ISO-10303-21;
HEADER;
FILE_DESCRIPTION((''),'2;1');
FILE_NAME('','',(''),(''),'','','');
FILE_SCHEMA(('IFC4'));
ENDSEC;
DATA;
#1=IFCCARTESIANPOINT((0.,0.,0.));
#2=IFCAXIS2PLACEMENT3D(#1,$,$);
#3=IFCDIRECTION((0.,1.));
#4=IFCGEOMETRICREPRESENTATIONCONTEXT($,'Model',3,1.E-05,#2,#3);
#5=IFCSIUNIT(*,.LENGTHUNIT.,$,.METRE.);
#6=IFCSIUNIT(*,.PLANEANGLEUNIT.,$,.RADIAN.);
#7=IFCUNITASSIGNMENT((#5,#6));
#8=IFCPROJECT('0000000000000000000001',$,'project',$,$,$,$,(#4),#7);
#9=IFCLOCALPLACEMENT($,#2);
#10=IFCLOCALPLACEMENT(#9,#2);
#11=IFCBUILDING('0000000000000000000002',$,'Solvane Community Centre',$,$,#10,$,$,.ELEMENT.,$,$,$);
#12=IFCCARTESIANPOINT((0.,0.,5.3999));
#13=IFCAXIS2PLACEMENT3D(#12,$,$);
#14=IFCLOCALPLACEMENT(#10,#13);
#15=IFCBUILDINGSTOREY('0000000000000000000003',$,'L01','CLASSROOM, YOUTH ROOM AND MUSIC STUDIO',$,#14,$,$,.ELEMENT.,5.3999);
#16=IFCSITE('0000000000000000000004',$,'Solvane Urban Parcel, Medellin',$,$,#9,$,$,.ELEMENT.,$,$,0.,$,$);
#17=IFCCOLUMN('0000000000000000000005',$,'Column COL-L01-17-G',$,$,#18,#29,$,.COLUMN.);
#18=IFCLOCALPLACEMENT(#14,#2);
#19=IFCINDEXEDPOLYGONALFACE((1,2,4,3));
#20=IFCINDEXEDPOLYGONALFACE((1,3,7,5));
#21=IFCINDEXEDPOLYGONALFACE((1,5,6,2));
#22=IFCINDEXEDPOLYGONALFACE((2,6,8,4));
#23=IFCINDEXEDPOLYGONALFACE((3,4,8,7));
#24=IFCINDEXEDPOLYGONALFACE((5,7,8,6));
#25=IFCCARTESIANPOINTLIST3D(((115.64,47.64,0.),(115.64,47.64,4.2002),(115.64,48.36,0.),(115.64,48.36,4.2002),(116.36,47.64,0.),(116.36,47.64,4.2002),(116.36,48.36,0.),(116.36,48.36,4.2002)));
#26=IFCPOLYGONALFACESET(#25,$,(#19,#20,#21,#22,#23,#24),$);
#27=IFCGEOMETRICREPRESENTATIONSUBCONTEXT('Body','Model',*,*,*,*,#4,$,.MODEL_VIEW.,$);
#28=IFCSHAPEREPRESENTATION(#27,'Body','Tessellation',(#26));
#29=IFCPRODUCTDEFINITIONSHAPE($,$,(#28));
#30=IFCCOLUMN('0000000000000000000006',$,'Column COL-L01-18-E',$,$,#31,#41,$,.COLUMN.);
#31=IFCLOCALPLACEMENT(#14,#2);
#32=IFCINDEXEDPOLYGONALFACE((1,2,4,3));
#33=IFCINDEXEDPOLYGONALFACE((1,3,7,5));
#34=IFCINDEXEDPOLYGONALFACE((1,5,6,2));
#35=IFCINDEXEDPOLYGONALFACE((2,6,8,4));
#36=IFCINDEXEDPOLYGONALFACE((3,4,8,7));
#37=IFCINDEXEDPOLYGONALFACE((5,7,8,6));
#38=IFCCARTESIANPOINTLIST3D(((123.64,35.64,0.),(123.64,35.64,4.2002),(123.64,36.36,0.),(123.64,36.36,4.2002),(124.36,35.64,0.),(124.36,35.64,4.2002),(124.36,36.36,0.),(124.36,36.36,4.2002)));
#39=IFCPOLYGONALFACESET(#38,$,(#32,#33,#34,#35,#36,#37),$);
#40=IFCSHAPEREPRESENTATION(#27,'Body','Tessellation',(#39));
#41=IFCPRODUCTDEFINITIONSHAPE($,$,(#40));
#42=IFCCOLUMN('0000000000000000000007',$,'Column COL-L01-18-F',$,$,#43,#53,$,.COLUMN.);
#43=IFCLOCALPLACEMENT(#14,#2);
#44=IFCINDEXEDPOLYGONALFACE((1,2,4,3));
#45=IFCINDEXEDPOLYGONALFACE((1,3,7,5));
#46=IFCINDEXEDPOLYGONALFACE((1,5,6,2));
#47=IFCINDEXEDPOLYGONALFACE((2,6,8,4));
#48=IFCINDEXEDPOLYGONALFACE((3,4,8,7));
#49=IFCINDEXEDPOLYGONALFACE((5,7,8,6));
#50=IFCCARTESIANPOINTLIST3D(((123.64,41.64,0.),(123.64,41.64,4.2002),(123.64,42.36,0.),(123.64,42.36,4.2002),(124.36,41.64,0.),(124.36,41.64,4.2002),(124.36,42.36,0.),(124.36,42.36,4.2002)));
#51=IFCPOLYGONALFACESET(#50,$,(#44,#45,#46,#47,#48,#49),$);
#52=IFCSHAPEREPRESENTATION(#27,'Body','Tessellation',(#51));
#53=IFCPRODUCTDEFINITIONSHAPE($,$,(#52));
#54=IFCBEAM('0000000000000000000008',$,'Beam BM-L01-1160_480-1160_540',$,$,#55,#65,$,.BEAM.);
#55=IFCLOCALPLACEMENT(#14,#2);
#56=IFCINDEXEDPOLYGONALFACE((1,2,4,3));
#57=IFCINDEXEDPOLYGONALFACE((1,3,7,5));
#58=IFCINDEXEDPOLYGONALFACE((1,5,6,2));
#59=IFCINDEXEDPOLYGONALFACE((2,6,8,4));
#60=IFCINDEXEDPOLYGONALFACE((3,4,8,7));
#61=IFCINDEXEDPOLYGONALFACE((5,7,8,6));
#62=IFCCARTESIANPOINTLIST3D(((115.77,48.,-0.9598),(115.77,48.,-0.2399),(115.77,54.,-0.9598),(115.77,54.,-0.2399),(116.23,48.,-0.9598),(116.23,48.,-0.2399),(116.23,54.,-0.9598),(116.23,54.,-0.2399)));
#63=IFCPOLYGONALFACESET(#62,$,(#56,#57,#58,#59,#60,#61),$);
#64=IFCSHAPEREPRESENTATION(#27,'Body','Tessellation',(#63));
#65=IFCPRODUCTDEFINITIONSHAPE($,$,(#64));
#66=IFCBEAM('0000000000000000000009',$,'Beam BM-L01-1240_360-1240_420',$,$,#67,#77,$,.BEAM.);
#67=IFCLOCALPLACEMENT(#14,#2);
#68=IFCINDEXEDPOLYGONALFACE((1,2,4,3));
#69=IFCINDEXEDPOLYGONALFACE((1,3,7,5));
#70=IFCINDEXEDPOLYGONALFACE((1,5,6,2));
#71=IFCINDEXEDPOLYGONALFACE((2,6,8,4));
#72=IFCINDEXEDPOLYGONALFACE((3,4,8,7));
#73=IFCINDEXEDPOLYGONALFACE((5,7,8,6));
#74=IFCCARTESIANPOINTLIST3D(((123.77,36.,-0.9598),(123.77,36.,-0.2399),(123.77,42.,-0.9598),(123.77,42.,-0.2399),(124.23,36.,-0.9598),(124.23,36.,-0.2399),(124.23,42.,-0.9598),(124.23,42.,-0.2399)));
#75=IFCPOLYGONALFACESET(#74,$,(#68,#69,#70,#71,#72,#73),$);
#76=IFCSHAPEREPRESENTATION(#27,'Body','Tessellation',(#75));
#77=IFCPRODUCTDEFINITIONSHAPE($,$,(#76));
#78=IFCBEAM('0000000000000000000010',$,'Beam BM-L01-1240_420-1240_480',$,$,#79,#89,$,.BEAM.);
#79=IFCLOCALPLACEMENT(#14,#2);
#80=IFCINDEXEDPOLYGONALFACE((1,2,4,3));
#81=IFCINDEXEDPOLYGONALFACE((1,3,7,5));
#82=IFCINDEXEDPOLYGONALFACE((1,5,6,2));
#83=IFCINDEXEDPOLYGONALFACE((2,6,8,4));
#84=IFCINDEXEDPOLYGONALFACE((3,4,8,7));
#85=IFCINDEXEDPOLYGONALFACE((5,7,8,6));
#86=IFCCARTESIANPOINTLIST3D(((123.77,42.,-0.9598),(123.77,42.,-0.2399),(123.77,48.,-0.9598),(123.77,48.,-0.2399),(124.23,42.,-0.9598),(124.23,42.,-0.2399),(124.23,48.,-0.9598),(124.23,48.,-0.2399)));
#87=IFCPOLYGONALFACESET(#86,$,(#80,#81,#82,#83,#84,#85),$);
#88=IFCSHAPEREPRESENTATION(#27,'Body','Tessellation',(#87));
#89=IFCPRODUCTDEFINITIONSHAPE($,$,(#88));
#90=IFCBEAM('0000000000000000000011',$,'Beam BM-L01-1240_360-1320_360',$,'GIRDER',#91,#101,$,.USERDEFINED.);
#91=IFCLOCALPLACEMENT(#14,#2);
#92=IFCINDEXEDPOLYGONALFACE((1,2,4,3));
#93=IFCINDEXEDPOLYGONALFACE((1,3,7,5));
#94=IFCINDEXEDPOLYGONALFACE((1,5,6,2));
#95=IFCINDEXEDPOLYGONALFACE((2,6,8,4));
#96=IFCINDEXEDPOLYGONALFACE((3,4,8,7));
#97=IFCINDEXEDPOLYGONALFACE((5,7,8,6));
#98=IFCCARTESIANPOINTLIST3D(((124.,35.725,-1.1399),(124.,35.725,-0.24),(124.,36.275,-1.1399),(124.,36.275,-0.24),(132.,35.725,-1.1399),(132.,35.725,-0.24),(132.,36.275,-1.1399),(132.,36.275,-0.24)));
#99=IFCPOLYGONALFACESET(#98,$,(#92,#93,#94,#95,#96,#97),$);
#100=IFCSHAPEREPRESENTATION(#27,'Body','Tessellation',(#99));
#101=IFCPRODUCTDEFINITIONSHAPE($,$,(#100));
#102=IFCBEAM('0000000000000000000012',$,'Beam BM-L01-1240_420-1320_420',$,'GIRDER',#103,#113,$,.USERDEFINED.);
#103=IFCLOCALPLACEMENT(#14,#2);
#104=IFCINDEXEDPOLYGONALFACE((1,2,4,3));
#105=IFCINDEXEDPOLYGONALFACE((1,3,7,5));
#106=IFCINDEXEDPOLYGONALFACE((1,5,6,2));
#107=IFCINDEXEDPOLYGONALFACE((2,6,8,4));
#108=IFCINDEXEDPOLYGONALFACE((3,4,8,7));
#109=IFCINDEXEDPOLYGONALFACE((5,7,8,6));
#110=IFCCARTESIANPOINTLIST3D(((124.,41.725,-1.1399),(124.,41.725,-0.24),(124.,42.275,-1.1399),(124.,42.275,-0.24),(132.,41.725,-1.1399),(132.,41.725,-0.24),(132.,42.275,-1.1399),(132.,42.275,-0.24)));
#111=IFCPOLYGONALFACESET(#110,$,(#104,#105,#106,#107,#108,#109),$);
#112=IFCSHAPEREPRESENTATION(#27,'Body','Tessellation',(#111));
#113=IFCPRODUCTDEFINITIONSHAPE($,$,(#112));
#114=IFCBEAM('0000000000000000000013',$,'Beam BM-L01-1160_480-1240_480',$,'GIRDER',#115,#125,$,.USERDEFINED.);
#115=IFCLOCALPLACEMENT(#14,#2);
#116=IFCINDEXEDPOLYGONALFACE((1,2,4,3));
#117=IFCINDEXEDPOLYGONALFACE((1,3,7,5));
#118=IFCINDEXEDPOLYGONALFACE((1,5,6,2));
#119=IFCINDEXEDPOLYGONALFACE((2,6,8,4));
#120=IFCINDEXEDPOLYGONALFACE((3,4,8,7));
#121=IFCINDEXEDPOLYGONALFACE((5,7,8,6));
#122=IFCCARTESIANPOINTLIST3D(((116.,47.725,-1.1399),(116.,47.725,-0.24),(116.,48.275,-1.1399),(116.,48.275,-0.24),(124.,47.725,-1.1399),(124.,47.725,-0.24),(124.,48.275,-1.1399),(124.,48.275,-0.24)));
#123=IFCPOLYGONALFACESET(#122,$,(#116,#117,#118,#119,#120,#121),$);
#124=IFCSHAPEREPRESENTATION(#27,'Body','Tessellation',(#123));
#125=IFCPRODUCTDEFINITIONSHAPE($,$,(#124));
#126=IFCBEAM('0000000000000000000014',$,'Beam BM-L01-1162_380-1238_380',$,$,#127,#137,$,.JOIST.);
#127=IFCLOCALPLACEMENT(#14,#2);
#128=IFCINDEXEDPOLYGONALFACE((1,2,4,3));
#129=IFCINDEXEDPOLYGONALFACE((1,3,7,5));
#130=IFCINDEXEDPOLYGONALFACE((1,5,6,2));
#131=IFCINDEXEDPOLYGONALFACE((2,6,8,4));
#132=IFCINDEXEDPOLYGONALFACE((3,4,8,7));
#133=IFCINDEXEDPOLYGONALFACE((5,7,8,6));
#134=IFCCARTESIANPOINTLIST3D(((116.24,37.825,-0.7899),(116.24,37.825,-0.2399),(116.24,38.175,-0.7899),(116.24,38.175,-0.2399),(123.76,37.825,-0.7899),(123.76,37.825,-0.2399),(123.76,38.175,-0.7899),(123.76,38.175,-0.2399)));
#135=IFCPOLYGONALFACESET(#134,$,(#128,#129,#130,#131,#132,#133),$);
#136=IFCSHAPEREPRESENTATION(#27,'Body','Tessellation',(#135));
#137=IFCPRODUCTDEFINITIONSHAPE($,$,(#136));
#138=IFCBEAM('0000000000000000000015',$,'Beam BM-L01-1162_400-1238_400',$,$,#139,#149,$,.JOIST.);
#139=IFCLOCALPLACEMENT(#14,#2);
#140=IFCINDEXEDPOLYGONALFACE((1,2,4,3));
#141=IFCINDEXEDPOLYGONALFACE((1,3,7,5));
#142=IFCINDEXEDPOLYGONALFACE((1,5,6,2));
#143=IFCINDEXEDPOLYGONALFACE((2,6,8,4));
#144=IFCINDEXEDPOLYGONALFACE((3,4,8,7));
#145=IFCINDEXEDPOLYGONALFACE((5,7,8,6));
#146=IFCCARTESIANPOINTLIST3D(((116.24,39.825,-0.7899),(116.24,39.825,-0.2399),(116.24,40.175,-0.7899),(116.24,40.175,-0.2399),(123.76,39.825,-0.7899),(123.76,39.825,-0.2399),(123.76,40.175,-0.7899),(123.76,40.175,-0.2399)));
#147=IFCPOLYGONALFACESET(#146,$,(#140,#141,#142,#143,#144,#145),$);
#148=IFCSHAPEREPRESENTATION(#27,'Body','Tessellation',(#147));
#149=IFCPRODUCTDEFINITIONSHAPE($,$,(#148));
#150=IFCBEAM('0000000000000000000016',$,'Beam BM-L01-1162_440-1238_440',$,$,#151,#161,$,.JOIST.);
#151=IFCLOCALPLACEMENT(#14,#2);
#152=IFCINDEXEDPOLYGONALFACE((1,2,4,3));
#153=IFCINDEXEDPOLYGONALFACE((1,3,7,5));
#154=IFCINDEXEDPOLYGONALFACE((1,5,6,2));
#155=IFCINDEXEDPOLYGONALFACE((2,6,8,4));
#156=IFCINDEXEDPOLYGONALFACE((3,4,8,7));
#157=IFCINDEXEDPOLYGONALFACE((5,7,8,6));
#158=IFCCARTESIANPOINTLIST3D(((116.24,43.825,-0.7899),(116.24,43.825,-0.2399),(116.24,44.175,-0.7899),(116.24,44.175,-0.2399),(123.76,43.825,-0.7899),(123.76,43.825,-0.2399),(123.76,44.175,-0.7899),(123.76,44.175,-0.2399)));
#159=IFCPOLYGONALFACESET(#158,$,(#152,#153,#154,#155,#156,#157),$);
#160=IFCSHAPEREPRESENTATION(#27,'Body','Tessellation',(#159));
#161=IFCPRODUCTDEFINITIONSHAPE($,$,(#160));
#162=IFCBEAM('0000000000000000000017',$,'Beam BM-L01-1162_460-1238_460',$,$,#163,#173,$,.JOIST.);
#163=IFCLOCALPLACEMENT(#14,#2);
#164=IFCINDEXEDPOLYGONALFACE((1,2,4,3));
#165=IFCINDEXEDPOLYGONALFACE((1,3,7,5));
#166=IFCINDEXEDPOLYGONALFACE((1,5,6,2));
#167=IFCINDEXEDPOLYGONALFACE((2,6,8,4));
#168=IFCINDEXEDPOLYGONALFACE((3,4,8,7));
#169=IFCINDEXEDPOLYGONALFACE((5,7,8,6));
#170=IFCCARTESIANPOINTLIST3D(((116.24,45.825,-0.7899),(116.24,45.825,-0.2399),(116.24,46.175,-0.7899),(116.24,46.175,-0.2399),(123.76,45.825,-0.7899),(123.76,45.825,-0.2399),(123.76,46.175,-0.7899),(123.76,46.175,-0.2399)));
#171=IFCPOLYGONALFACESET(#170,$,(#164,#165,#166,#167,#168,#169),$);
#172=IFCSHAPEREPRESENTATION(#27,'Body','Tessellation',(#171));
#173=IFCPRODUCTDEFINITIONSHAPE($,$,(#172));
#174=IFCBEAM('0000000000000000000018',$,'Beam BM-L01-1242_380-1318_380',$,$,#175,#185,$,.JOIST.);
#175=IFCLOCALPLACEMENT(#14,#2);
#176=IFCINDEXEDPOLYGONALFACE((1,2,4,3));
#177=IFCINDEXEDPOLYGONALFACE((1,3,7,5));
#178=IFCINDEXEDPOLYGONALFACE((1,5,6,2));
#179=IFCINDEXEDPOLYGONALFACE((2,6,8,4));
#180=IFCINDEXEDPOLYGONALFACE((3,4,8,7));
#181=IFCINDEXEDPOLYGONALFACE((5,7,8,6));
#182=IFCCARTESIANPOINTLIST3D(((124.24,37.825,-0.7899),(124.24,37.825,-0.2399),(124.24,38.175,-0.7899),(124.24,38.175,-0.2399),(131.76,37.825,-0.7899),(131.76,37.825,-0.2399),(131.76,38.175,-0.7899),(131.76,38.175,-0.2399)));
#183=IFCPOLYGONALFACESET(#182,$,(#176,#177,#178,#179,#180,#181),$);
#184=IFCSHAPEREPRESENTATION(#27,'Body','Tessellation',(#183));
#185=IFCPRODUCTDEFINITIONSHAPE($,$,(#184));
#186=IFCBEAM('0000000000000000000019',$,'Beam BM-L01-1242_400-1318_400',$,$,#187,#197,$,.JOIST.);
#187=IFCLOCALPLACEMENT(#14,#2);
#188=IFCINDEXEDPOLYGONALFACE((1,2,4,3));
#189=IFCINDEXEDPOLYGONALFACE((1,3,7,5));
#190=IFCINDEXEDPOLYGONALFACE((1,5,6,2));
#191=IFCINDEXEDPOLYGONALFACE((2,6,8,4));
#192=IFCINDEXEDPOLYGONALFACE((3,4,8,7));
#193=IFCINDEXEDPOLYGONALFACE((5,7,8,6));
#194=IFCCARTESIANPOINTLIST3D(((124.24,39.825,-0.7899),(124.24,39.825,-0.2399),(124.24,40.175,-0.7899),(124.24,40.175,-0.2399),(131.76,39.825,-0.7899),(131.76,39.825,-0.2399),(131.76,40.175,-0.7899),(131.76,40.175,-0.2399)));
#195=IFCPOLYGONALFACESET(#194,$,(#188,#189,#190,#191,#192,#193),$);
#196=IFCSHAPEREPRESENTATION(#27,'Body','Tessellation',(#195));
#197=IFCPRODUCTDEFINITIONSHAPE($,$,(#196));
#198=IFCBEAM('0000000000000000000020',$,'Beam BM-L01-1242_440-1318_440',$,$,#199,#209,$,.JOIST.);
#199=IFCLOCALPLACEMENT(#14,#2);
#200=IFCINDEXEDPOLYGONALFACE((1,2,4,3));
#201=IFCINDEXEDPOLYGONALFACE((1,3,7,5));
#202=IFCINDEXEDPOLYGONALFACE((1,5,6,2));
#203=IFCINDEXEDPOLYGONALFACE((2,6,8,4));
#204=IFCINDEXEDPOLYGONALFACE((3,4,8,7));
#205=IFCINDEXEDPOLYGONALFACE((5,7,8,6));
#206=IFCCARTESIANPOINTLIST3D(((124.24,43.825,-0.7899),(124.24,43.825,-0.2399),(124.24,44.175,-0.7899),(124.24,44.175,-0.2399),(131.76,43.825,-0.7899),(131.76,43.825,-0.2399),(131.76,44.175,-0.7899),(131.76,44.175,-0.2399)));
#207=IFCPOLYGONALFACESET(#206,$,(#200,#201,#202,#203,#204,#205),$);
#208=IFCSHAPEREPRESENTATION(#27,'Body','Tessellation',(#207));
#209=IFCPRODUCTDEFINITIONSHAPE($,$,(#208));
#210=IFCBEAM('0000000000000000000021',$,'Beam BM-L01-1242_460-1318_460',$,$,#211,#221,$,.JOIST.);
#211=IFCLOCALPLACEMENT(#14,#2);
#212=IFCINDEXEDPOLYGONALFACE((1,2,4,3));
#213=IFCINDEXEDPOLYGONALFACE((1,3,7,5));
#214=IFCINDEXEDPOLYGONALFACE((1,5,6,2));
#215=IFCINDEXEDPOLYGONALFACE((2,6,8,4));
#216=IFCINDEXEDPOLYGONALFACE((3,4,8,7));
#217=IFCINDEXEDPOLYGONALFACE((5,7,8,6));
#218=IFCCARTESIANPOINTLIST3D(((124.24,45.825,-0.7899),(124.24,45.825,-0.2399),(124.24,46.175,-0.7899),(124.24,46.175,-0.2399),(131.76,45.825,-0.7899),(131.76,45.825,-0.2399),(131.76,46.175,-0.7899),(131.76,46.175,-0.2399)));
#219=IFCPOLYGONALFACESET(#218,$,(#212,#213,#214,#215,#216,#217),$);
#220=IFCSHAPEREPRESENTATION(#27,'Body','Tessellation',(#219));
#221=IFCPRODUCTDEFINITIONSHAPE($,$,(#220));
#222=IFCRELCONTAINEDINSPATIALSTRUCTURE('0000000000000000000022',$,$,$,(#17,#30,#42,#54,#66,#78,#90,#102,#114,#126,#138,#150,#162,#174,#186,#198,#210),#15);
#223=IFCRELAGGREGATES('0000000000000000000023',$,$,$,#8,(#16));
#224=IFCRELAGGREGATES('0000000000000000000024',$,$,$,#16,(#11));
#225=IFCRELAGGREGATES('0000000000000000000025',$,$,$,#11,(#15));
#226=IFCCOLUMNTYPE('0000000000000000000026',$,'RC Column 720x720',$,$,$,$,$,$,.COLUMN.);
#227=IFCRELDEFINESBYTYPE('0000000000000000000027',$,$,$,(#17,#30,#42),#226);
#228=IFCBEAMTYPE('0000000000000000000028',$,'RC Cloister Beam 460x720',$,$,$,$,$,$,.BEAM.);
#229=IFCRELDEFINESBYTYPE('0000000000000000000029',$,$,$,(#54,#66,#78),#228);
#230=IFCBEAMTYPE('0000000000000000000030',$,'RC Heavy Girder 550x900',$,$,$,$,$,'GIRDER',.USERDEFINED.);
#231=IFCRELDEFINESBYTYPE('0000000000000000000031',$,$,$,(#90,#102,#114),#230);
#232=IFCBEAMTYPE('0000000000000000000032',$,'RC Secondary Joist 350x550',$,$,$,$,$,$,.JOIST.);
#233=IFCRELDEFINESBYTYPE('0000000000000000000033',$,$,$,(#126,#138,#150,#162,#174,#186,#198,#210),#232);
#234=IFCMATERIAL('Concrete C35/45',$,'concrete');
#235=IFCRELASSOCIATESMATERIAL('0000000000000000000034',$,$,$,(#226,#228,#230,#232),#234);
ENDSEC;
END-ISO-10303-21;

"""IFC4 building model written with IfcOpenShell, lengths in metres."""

from ifc_helpers import new_model, si_unit, direction, frame, origin, origin_2d, place, context, subcontext, project, spatial, rectangle, extrude, material, material_profile, profile_set, type_object, element, save


model = new_model("IFC4")

# Units and contexts
model_context = context("Model", 3, precision=1e-05, world=origin(), true_north=direction((0.0, 1.0)))
body_context = subcontext(model_context, "Body", "Model", "MODEL_VIEW")
ifc_project = project(units=[si_unit("LENGTHUNIT", "METRE"), si_unit("PLANEANGLEUNIT", "RADIAN")], contexts=[model_context])

# Site, building, storey
site_placement = place(None, origin())
site = spatial("IfcSite", under=ifc_project, at=site_placement, Name="Solvane Urban Parcel, Medellin", CompositionType="ELEMENT", RefElevation=0.0)
building_placement = place(site_placement, origin())
building = spatial("IfcBuilding", under=site, at=building_placement, Name="Solvane Community Centre", CompositionType="ELEMENT")
storey_placement = place(building_placement, frame((0.0, 0.0, 5.3999)))
storey = spatial("IfcBuildingStorey", under=building, at=storey_placement, Name="L01", Description="CLASSROOM, YOUTH ROOM AND MUSIC STUDIO", CompositionType="ELEMENT", Elevation=5.3999)

# Columns
ifc_material_1 = material(Name="Concrete C35/45", Category="concrete")
ifc_material_profile_1 = material_profile(ifc_material_1, rectangle(XDim=0.72, YDim=0.72, at=origin_2d()), Name="RC 720x720")
ifc_profile_set_1 = profile_set([ifc_material_profile_1], Name="Concrete C35/45")
column_type = type_object("IfcColumnType", Name="RC Column 720x720", PredefinedType="COLUMN", material=ifc_profile_set_1)
for number, where, z_axis, x_axis, name in (
    (1, (116.0, 48.0, 0.0), (0.0, 0.0, 1.0), (1.0, 0.0, 0.0), "Column COL-L01-17-G"),
    (2, (124.0, 36.0, 0.0), (0.0, 0.0, 1.0), (1.0, 0.0, 0.0), "Column COL-L01-18-E"),
    (3, (124.0, 42.0, 0.0), (0.0, 0.0, 1.0), (1.0, 0.0, 0.0), "Column COL-L01-18-F"),
):
    element("IfcColumn", number, at=place(storey_placement, frame(where, z_axis=z_axis, x_axis=x_axis)), inside=storey, type_object=column_type, Name=name, PredefinedType="COLUMN", context=body_context, shape_type="SweptSolid", body=[
        extrude(rectangle(XDim=0.72, YDim=0.72, at=origin_2d()), origin(), (0.0, 0.0, 1.0), 4.2002),
    ])

# Beams
ifc_material_profile_2 = material_profile(ifc_material_1, rectangle(XDim=0.46, YDim=0.72, at=origin_2d()), Name="RC 460x720")
ifc_profile_set_2 = profile_set([ifc_material_profile_2], Name="Concrete C35/45")
beam_type_1 = type_object("IfcBeamType", Name="RC Cloister Beam 460x720", PredefinedType="BEAM", material=ifc_profile_set_2)
for number, where, z_axis, x_axis, name in (
    (4, (116.0, 48.0, -0.5999), (0.0, 1.0, 0.0), (-1.0, 0.0, 0.0), "Beam BM-L01-1160_480-1160_540"),
    (5, (124.0, 36.0, -0.5999), (0.0, 1.0, 0.0), (-1.0, 0.0, 0.0), "Beam BM-L01-1240_360-1240_420"),
    (6, (124.0, 42.0, -0.5999), (0.0, 1.0, 0.0), (-1.0, 0.0, 0.0), "Beam BM-L01-1240_420-1240_480"),
):
    element("IfcBeam", number, at=place(storey_placement, frame(where, z_axis=z_axis, x_axis=x_axis)), inside=storey, type_object=beam_type_1, Name=name, PredefinedType="BEAM", context=body_context, shape_type="SweptSolid", body=[
        extrude(rectangle(XDim=0.46, YDim=0.72, at=origin_2d()), origin(), (0.0, 0.0, 1.0), 6.0),
    ])
ifc_material_profile_3 = material_profile(ifc_material_1, rectangle(XDim=0.55, YDim=0.8999, at=origin_2d()), Name="RC 550x900")
ifc_profile_set_3 = profile_set([ifc_material_profile_3], Name="Concrete C35/45")
beam_type_2 = type_object("IfcBeamType", Name="RC Heavy Girder 550x900", ElementType="GIRDER", PredefinedType="USERDEFINED", material=ifc_profile_set_3)
for number, where, z_axis, x_axis, name in (
    (7, (124.0, 36.0, -0.6899), (1.0, 0.0, 0.0), (0.0, 1.0, 0.0), "Beam BM-L01-1240_360-1320_360"),
    (8, (124.0, 42.0, -0.6899), (1.0, 0.0, 0.0), (0.0, 1.0, 0.0), "Beam BM-L01-1240_420-1320_420"),
    (9, (116.0, 48.0, -0.6899), (1.0, 0.0, 0.0), (0.0, 1.0, 0.0), "Beam BM-L01-1160_480-1240_480"),
):
    element("IfcBeam", number, at=place(storey_placement, frame(where, z_axis=z_axis, x_axis=x_axis)), inside=storey, type_object=beam_type_2, Name=name, ObjectType="GIRDER", PredefinedType="USERDEFINED", context=body_context, shape_type="SweptSolid", body=[
        extrude(rectangle(XDim=0.55, YDim=0.8999, at=origin_2d()), origin(), (0.0, 0.0, 1.0), 8.0),
    ])
ifc_material_profile_4 = material_profile(ifc_material_1, rectangle(XDim=0.3501, YDim=0.55, at=origin_2d()), Name="RC 350x550")
ifc_profile_set_4 = profile_set([ifc_material_profile_4], Name="Concrete C35/45")
beam_type_3 = type_object("IfcBeamType", Name="RC Secondary Joist 350x550", PredefinedType="JOIST", material=ifc_profile_set_4)
for number, where, z_axis, x_axis, name in (
    (10, (116.24, 38.0, -0.5149), (1.0, 0.0, 0.0), (0.0, 1.0, 0.0), "Beam BM-L01-1162_380-1238_380"),
    (11, (116.24, 40.0, -0.5149), (1.0, 0.0, 0.0), (0.0, 1.0, 0.0), "Beam BM-L01-1162_400-1238_400"),
    (12, (116.24, 44.0, -0.5149), (1.0, 0.0, 0.0), (0.0, 1.0, 0.0), "Beam BM-L01-1162_440-1238_440"),
    (13, (116.24, 46.0, -0.5149), (1.0, 0.0, 0.0), (0.0, 1.0, 0.0), "Beam BM-L01-1162_460-1238_460"),
    (14, (124.24, 38.0, -0.5149), (1.0, 0.0, 0.0), (0.0, 1.0, 0.0), "Beam BM-L01-1242_380-1318_380"),
    (15, (124.24, 40.0, -0.5149), (1.0, 0.0, 0.0), (0.0, 1.0, 0.0), "Beam BM-L01-1242_400-1318_400"),
    (16, (124.24, 44.0, -0.5149), (1.0, 0.0, 0.0), (0.0, 1.0, 0.0), "Beam BM-L01-1242_440-1318_440"),
    (17, (124.24, 46.0, -0.5149), (1.0, 0.0, 0.0), (0.0, 1.0, 0.0), "Beam BM-L01-1242_460-1318_460"),
):
    element("IfcBeam", number, at=place(storey_placement, frame(where, z_axis=z_axis, x_axis=x_axis)), inside=storey, type_object=beam_type_3, Name=name, PredefinedType="JOIST", context=body_context, shape_type="SweptSolid", body=[
        extrude(rectangle(XDim=0.3501, YDim=0.55, at=origin_2d()), origin(), (0.0, 0.0, 1.0), 7.52),
    ])

save(model, "model.ifc")
